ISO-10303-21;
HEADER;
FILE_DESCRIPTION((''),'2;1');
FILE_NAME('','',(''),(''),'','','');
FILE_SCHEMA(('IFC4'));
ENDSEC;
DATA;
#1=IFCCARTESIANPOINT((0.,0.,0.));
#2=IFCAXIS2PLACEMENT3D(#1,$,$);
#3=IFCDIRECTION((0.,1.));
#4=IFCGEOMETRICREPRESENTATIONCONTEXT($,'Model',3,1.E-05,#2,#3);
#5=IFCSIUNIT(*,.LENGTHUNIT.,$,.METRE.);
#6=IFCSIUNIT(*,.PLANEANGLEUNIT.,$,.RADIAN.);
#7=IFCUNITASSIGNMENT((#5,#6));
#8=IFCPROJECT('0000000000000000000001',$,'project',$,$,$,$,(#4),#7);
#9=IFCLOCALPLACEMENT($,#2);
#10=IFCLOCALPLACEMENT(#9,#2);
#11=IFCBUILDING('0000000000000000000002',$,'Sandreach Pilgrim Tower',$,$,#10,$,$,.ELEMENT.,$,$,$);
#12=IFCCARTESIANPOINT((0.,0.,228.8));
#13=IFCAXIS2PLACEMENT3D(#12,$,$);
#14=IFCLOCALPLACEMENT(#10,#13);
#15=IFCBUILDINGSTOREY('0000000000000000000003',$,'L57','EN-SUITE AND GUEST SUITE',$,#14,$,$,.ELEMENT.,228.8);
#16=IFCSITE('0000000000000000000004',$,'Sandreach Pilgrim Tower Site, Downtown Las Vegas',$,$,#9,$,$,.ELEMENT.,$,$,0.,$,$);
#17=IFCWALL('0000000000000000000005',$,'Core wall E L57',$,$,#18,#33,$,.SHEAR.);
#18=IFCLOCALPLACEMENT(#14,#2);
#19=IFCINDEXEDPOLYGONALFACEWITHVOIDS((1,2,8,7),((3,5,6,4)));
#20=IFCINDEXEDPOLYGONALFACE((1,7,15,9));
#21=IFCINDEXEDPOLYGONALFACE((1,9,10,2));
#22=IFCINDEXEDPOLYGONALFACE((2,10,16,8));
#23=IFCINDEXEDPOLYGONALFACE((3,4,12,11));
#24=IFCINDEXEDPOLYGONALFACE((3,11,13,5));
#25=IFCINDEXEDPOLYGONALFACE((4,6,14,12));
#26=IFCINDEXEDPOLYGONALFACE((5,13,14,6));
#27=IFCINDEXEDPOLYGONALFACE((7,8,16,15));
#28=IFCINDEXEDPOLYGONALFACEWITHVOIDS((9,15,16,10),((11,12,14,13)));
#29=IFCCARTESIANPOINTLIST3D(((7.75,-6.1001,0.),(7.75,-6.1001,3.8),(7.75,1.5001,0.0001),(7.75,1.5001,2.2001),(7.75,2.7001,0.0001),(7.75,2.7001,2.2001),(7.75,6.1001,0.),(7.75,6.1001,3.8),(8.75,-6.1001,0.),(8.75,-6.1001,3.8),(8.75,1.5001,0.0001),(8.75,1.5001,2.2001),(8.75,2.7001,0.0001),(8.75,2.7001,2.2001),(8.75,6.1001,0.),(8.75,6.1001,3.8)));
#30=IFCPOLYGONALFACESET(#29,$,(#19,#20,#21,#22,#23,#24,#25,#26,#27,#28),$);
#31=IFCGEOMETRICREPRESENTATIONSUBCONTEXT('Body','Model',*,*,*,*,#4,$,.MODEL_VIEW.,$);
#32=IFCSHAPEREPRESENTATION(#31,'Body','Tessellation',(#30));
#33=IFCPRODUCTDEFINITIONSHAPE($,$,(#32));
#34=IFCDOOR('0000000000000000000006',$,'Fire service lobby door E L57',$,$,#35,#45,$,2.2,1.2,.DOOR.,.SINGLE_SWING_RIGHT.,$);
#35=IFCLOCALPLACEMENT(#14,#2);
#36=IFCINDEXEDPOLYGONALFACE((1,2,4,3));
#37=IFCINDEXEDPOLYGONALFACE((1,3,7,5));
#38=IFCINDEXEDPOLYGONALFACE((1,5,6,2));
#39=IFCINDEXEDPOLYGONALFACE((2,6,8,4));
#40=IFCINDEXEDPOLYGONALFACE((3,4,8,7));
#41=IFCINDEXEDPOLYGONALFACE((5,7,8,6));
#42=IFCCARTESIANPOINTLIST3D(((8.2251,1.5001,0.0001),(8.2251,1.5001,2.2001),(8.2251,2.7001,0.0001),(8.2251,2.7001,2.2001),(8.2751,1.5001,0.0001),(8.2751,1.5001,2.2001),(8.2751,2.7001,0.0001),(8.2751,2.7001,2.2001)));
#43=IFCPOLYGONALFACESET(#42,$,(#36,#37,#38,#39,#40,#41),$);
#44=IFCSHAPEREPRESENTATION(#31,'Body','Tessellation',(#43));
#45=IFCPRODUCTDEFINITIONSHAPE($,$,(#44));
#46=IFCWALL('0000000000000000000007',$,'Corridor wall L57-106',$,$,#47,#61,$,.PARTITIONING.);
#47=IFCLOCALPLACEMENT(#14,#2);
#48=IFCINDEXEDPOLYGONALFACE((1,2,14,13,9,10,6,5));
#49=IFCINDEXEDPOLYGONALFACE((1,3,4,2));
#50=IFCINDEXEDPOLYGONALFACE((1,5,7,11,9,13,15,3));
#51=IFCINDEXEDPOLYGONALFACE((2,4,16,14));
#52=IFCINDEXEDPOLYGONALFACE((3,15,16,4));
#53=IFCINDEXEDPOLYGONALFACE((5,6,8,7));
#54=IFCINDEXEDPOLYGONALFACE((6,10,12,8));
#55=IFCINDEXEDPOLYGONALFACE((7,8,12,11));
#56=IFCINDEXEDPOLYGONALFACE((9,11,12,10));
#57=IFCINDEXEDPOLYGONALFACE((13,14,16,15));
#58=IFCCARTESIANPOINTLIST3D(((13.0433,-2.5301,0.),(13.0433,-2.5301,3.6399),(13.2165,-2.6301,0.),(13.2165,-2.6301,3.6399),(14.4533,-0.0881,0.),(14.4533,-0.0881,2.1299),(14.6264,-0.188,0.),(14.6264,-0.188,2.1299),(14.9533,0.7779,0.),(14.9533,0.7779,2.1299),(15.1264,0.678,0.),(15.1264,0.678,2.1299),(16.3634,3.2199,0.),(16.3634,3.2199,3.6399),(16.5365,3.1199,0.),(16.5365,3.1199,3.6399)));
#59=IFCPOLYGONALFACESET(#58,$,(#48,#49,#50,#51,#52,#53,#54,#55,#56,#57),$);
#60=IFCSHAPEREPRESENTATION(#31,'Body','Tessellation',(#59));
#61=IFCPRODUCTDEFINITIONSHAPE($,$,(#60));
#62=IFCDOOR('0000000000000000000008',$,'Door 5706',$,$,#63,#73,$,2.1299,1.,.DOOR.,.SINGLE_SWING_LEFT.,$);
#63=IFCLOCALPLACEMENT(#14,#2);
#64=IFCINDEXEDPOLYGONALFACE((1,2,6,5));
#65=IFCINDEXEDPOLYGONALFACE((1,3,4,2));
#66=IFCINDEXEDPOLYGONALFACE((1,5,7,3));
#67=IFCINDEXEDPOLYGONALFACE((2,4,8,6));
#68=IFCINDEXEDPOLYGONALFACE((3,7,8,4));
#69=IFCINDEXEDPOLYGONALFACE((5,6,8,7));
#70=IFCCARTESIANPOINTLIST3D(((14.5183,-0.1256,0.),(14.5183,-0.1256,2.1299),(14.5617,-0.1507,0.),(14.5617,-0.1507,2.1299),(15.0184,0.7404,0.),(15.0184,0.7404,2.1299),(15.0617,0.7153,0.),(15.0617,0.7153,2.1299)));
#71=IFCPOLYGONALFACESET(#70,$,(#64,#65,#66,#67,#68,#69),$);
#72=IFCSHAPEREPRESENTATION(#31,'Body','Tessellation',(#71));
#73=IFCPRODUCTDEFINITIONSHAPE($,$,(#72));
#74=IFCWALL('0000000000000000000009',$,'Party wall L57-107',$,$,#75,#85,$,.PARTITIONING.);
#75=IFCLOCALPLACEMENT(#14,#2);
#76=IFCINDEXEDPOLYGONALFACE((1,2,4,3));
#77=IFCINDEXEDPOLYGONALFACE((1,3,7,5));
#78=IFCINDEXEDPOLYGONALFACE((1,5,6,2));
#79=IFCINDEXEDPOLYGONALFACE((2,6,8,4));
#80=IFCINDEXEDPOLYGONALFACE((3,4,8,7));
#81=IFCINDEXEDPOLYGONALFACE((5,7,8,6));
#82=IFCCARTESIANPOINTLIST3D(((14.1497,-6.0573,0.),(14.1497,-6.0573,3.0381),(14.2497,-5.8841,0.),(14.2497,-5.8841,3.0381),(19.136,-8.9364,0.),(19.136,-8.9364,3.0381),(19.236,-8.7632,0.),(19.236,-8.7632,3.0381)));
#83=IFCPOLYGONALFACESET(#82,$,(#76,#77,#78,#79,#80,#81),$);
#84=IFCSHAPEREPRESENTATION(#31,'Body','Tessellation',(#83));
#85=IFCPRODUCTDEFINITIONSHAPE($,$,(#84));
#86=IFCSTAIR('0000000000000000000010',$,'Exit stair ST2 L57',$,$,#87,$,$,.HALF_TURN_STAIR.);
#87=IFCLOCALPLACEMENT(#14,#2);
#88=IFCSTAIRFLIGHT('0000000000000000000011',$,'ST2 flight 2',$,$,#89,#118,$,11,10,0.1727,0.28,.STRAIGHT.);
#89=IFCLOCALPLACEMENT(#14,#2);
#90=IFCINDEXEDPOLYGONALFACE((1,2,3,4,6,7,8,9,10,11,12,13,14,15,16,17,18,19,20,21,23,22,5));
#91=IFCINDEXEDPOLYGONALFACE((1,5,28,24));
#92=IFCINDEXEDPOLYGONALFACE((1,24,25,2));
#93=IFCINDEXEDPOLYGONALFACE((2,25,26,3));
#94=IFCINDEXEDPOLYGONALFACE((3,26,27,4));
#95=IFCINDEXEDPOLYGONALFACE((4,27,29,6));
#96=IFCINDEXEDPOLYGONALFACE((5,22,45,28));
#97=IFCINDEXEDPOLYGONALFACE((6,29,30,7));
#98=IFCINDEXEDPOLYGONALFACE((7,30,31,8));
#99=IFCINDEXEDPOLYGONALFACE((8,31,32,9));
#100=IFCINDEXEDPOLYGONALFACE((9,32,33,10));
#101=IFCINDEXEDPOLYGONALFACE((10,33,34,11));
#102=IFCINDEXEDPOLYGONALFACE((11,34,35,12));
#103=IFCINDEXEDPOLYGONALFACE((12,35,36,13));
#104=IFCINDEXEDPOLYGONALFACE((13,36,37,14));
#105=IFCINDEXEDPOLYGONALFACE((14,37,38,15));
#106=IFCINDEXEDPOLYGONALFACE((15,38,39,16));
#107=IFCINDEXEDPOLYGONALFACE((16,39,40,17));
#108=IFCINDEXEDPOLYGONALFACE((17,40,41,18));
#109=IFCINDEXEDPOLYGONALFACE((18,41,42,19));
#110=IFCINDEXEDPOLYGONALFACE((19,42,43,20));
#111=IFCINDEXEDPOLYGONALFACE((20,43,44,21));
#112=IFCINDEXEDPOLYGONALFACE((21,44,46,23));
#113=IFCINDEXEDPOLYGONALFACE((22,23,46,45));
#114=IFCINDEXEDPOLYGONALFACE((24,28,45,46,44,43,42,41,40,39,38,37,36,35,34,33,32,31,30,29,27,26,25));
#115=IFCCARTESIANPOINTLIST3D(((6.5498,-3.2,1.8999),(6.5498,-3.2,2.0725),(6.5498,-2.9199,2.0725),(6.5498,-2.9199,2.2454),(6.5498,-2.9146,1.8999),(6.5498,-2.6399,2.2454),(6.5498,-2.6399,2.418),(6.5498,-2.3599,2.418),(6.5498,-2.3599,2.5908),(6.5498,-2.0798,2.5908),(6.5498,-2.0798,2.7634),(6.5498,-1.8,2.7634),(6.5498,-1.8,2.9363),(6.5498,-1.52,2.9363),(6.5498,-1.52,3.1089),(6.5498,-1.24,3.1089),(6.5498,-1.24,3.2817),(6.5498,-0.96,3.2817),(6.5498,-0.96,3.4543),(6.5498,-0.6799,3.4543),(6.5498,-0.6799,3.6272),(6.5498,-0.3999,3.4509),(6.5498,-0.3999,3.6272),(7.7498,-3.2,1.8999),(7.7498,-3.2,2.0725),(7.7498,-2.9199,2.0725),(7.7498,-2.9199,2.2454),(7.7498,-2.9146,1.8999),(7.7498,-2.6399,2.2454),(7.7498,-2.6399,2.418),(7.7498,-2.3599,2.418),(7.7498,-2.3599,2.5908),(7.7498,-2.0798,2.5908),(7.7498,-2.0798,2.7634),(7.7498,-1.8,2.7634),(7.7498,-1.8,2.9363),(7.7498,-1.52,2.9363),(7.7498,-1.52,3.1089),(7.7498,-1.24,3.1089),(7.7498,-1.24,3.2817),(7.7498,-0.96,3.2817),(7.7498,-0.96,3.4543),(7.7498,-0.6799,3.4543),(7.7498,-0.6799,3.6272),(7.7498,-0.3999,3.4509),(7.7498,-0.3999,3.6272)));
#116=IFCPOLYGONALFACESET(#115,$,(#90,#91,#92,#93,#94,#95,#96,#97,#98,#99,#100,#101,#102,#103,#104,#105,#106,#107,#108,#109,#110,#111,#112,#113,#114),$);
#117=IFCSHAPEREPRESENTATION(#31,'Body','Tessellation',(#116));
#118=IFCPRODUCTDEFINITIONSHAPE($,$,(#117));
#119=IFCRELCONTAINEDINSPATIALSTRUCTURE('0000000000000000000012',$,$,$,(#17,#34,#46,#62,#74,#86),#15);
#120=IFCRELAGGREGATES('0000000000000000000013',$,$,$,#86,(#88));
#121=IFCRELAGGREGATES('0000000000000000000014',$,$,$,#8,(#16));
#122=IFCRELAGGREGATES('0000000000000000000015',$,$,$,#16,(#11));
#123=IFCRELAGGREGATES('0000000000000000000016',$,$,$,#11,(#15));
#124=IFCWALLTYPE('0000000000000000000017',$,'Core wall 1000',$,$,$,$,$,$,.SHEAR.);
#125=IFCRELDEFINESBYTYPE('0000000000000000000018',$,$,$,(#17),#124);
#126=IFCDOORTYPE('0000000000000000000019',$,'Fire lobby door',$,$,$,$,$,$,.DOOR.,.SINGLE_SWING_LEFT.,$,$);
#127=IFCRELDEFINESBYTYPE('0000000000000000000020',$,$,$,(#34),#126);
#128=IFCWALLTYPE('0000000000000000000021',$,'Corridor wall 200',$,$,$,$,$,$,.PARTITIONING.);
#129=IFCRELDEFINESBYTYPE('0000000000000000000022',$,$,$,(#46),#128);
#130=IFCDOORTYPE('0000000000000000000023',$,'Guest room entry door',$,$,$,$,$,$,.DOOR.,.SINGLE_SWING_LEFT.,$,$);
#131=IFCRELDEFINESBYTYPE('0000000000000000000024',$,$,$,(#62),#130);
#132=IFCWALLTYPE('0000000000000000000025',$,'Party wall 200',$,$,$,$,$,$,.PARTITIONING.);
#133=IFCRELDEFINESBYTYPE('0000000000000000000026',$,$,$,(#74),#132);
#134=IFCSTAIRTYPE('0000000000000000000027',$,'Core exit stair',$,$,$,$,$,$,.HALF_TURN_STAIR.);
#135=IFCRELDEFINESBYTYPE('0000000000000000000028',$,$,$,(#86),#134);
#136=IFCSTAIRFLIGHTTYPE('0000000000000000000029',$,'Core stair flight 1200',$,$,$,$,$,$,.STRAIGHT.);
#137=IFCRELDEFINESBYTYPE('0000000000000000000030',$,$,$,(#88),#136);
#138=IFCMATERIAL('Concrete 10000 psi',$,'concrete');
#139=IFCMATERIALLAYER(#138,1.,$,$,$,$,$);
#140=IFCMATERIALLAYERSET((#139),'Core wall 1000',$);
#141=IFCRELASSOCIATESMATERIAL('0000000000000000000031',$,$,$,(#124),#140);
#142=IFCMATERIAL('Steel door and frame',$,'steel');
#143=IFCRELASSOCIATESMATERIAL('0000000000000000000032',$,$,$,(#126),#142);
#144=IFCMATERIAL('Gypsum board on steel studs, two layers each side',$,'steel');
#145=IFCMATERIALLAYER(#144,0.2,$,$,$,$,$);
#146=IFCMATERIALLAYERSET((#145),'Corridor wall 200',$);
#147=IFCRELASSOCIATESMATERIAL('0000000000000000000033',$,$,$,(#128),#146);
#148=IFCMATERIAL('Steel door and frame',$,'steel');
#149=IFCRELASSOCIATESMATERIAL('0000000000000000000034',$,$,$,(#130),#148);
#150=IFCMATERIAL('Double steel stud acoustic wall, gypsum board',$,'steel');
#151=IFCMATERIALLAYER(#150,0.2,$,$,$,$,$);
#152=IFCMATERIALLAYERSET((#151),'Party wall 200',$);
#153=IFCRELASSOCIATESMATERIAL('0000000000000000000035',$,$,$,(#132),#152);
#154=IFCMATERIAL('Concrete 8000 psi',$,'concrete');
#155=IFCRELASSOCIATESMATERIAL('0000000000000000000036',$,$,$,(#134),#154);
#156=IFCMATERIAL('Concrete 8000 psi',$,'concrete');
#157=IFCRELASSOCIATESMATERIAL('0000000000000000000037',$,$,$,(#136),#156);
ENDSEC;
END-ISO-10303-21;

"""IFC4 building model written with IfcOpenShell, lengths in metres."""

from ifc_helpers import new_model, si_unit, direction, frame, frame_2d, origin, place, context, subcontext, project, spatial, polyline, rectangle, outline, extrude, material, layer, layer_set, type_object, element, fill, aggregate, save


model = new_model("IFC4")

# Units and contexts
model_context = context("Model", 3, precision=1e-05, world=origin(), true_north=direction((0.0, 1.0)))
body_context = subcontext(model_context, "Body", "Model", "MODEL_VIEW")
ifc_project = project(units=[si_unit("LENGTHUNIT", "METRE"), si_unit("PLANEANGLEUNIT", "RADIAN")], contexts=[model_context])

# Site, building, storey
site_placement = place(None, origin())
site = spatial("IfcSite", under=ifc_project, at=site_placement, Name="Sandreach Pilgrim Tower Site, Downtown Las Vegas", CompositionType="ELEMENT", RefElevation=0.0)
building_placement = place(site_placement, origin())
building = spatial("IfcBuilding", under=site, at=building_placement, Name="Sandreach Pilgrim Tower", CompositionType="ELEMENT")
storey_placement = place(building_placement, frame((0.0, 0.0, 228.8)))
storey = spatial("IfcBuildingStorey", under=building, at=storey_placement, Name="L57", Description="EN-SUITE AND GUEST SUITE", CompositionType="ELEMENT", Elevation=228.8)

# Walls, openings, doors
ifc_material_1 = material(Name="Concrete 10000 psi", Category="concrete")
ifc_layer_1 = layer(ifc_material_1, 1.0)
ifc_layer_set_1 = layer_set([ifc_layer_1], Name="Core wall 1000")
wall_type_1 = type_object("IfcWallType", Name="Core wall 1000", PredefinedType="SHEAR", material=ifc_layer_set_1)
wall_1_placement = place(storey_placement, frame((8.25, -6.1001, 0.0), z_axis=(0.0, 0.0, 1.0), x_axis=(0.0, 1.0, 0.0)))
wall_1 = element("IfcWall", 1, at=wall_1_placement, inside=storey, type_object=wall_type_1, Name="Core wall E L57", PredefinedType="SHEAR", context=body_context, shape_type="SweptSolid", body=[
    extrude(rectangle(XDim=12.2002, YDim=1.0, at=frame_2d((6.1001, 0.0))), origin(), (0.0, 0.0, 1.0), 3.8),
])
opening_1_placement = place(wall_1_placement, frame((7.6001, 0.0, 0.0)))
opening_1 = element("IfcOpeningElement", 2, at=opening_1_placement, cuts=wall_1, PredefinedType="OPENING", context=body_context, shape_type="SweptSolid", body=[
    extrude(rectangle(XDim=1.2, YDim=2.2, at=frame_2d((0.6001, 1.1001))), frame((0.0, 0.5, 0.0), z_axis=(0.0, -1.0, 0.0), x_axis=(1.0, 0.0, 0.0)), (0.0, 0.0, 1.0), 1.0),
])
ifc_material_2 = material(Name="Steel door and frame", Category="steel")
door_type_1 = type_object("IfcDoorType", Name="Fire lobby door", OperationType="SINGLE_SWING_LEFT", PredefinedType="DOOR", material=ifc_material_2)
door_1_placement = place(opening_1_placement, origin())
door_1 = element("IfcDoor", 3, at=door_1_placement, inside=storey, type_object=door_type_1, Name="Fire service lobby door E L57", OperationType="SINGLE_SWING_RIGHT", OverallHeight=2.2, OverallWidth=1.2, PredefinedType="DOOR", context=body_context, shape_type="SweptSolid", body=[
    extrude(rectangle(XDim=1.2, YDim=2.2, at=frame_2d((0.6001, 1.1001))), frame((0.0, 0.0249, 0.0), z_axis=(0.0, -1.0, 0.0), x_axis=(1.0, 0.0, 0.0)), (0.0, 0.0, 1.0), 0.05),
])
fill(opening_1, door_1)
ifc_material_3 = material(Name="Gypsum board on steel studs, two layers each side", Category="steel")
ifc_layer_2 = layer(ifc_material_3, 0.2)
ifc_layer_set_2 = layer_set([ifc_layer_2], Name="Corridor wall 200")
wall_type_2 = type_object("IfcWallType", Name="Corridor wall 200", PredefinedType="PARTITIONING", material=ifc_layer_set_2)
ifc_material_4 = material(Name="Steel door and frame", Category="steel")
door_type_2 = type_object("IfcDoorType", Name="Guest room entry door", OperationType="SINGLE_SWING_LEFT", PredefinedType="DOOR", material=ifc_material_4)
wall_2_placement = place(storey_placement, frame((13.1299, -2.5801, 0.0), z_axis=(0.0, 0.0, 1.0), x_axis=(0.500034, 0.866006, 0.0)))
wall_2 = element("IfcWall", 4, at=wall_2_placement, inside=storey, type_object=wall_type_2, Name="Corridor wall L57-106", PredefinedType="PARTITIONING", context=body_context, shape_type="SweptSolid", body=[
    extrude(rectangle(XDim=6.6396, YDim=0.2, at=frame_2d((3.3198, 0.0))), origin(), (0.0, 0.0, 1.0), 3.6399),
])
opening_2_placement = place(wall_2_placement, frame((2.8198, 0.0, 0.0)))
opening_2 = element("IfcOpeningElement", 5, at=opening_2_placement, cuts=wall_2, PredefinedType="OPENING", context=body_context, shape_type="SweptSolid", body=[
    extrude(rectangle(XDim=1.0, YDim=2.1299, at=frame_2d((0.5, 1.0649))), frame((0.0, 0.1001, 0.0), z_axis=(0.0, -1.0, 0.0), x_axis=(1.0, 0.0, 0.0)), (0.0, 0.0, 1.0), 0.2),
])
door_2_placement = place(opening_2_placement, origin())
door_2 = element("IfcDoor", 6, at=door_2_placement, inside=storey, type_object=door_type_2, Name="Door 5706", OperationType="SINGLE_SWING_LEFT", OverallHeight=2.1299, OverallWidth=1.0, PredefinedType="DOOR", context=body_context, shape_type="SweptSolid", body=[
    extrude(rectangle(XDim=1.0, YDim=2.1299, at=frame_2d((0.5, 1.0649))), frame((0.0, 0.0249, 0.0), z_axis=(0.0, -1.0, 0.0), x_axis=(1.0, 0.0, 0.0)), (0.0, 0.0, 1.0), 0.05),
])
fill(opening_2, door_2)

# Wall
ifc_material_5 = material(Name="Double steel stud acoustic wall, gypsum board", Category="steel")
ifc_layer_3 = layer(ifc_material_5, 0.2)
ifc_layer_set_3 = layer_set([ifc_layer_3], Name="Party wall 200")
wall_type_3 = type_object("IfcWallType", Name="Party wall 200", PredefinedType="PARTITIONING", material=ifc_layer_set_3)
wall_3_placement = place(storey_placement, frame((14.1997, -5.9707, 0.0), z_axis=(0.0, 0.0, 1.0), x_axis=(0.866003, -0.500038, 0.0)))
element("IfcWall", 7, at=wall_3_placement, inside=storey, type_object=wall_type_3, Name="Party wall L57-107", PredefinedType="PARTITIONING", context=body_context, shape_type="SweptSolid", body=[
    extrude(rectangle(XDim=5.7578, YDim=0.2, at=frame_2d((2.8789, 0.0))), origin(), (0.0, 0.0, 1.0), 3.0381),
])

# Stair, stair flight
ifc_material_6 = material(Name="Concrete 8000 psi", Category="concrete")
stair_type = type_object("IfcStairType", Name="Core exit stair", PredefinedType="HALF_TURN_STAIR", material=ifc_material_6)
stair_placement = place(storey_placement, origin())
stair = element("IfcStair", 8, at=stair_placement, inside=storey, type_object=stair_type, Name="Exit stair ST2 L57", PredefinedType="HALF_TURN_STAIR")
ifc_material_7 = material(Name="Concrete 8000 psi", Category="concrete")
stair_flight_type = type_object("IfcStairFlightType", Name="Core stair flight 1200", PredefinedType="STRAIGHT", material=ifc_material_7)
stair_flight_placement = place(storey_placement, frame((7.1499, -3.2, 1.8999), z_axis=(0.0, 0.0, 1.0), x_axis=(0.0, 1.0, 0.0)))
stair_flight = element("IfcStairFlight", 9, at=stair_flight_placement, type_object=stair_flight_type, Name="ST2 flight 2", NumberOfRisers=11, NumberOfTreads=10, PredefinedType="STRAIGHT", RiserHeight=0.1727, TreadLength=0.28, context=body_context, shape_type="SweptSolid", body=[
    extrude(outline(polyline([(0.0, 0.0), (0.0, 0.1726), (0.28, 0.1726), (0.28, 0.3455), (0.5601, 0.3455), (0.5601, 0.5181), (0.8401, 0.5181), (0.8401, 0.6909), (1.1201, 0.6909), (1.1201, 0.8635), (1.3999, 0.8635), (1.3999, 1.0364), (1.6799, 1.0364), (1.6799, 1.209), (1.96, 1.209), (1.96, 1.3818), (2.24, 1.3818), (2.24, 1.5544), (2.52, 1.5544), (2.52, 1.7273), (2.8, 1.7273), (2.8, 1.8999), (2.8, 1.551), (0.2854, 0.0), (0.0, 0.0)])), frame((0.0, 0.6001, 0.0), z_axis=(0.0, -1.0, 0.0), x_axis=(1.0, 0.0, 0.0)), (0.0, 0.0, 1.0), 1.2),
])
aggregate(stair, [stair_flight])

save(model, "model.ifc")
